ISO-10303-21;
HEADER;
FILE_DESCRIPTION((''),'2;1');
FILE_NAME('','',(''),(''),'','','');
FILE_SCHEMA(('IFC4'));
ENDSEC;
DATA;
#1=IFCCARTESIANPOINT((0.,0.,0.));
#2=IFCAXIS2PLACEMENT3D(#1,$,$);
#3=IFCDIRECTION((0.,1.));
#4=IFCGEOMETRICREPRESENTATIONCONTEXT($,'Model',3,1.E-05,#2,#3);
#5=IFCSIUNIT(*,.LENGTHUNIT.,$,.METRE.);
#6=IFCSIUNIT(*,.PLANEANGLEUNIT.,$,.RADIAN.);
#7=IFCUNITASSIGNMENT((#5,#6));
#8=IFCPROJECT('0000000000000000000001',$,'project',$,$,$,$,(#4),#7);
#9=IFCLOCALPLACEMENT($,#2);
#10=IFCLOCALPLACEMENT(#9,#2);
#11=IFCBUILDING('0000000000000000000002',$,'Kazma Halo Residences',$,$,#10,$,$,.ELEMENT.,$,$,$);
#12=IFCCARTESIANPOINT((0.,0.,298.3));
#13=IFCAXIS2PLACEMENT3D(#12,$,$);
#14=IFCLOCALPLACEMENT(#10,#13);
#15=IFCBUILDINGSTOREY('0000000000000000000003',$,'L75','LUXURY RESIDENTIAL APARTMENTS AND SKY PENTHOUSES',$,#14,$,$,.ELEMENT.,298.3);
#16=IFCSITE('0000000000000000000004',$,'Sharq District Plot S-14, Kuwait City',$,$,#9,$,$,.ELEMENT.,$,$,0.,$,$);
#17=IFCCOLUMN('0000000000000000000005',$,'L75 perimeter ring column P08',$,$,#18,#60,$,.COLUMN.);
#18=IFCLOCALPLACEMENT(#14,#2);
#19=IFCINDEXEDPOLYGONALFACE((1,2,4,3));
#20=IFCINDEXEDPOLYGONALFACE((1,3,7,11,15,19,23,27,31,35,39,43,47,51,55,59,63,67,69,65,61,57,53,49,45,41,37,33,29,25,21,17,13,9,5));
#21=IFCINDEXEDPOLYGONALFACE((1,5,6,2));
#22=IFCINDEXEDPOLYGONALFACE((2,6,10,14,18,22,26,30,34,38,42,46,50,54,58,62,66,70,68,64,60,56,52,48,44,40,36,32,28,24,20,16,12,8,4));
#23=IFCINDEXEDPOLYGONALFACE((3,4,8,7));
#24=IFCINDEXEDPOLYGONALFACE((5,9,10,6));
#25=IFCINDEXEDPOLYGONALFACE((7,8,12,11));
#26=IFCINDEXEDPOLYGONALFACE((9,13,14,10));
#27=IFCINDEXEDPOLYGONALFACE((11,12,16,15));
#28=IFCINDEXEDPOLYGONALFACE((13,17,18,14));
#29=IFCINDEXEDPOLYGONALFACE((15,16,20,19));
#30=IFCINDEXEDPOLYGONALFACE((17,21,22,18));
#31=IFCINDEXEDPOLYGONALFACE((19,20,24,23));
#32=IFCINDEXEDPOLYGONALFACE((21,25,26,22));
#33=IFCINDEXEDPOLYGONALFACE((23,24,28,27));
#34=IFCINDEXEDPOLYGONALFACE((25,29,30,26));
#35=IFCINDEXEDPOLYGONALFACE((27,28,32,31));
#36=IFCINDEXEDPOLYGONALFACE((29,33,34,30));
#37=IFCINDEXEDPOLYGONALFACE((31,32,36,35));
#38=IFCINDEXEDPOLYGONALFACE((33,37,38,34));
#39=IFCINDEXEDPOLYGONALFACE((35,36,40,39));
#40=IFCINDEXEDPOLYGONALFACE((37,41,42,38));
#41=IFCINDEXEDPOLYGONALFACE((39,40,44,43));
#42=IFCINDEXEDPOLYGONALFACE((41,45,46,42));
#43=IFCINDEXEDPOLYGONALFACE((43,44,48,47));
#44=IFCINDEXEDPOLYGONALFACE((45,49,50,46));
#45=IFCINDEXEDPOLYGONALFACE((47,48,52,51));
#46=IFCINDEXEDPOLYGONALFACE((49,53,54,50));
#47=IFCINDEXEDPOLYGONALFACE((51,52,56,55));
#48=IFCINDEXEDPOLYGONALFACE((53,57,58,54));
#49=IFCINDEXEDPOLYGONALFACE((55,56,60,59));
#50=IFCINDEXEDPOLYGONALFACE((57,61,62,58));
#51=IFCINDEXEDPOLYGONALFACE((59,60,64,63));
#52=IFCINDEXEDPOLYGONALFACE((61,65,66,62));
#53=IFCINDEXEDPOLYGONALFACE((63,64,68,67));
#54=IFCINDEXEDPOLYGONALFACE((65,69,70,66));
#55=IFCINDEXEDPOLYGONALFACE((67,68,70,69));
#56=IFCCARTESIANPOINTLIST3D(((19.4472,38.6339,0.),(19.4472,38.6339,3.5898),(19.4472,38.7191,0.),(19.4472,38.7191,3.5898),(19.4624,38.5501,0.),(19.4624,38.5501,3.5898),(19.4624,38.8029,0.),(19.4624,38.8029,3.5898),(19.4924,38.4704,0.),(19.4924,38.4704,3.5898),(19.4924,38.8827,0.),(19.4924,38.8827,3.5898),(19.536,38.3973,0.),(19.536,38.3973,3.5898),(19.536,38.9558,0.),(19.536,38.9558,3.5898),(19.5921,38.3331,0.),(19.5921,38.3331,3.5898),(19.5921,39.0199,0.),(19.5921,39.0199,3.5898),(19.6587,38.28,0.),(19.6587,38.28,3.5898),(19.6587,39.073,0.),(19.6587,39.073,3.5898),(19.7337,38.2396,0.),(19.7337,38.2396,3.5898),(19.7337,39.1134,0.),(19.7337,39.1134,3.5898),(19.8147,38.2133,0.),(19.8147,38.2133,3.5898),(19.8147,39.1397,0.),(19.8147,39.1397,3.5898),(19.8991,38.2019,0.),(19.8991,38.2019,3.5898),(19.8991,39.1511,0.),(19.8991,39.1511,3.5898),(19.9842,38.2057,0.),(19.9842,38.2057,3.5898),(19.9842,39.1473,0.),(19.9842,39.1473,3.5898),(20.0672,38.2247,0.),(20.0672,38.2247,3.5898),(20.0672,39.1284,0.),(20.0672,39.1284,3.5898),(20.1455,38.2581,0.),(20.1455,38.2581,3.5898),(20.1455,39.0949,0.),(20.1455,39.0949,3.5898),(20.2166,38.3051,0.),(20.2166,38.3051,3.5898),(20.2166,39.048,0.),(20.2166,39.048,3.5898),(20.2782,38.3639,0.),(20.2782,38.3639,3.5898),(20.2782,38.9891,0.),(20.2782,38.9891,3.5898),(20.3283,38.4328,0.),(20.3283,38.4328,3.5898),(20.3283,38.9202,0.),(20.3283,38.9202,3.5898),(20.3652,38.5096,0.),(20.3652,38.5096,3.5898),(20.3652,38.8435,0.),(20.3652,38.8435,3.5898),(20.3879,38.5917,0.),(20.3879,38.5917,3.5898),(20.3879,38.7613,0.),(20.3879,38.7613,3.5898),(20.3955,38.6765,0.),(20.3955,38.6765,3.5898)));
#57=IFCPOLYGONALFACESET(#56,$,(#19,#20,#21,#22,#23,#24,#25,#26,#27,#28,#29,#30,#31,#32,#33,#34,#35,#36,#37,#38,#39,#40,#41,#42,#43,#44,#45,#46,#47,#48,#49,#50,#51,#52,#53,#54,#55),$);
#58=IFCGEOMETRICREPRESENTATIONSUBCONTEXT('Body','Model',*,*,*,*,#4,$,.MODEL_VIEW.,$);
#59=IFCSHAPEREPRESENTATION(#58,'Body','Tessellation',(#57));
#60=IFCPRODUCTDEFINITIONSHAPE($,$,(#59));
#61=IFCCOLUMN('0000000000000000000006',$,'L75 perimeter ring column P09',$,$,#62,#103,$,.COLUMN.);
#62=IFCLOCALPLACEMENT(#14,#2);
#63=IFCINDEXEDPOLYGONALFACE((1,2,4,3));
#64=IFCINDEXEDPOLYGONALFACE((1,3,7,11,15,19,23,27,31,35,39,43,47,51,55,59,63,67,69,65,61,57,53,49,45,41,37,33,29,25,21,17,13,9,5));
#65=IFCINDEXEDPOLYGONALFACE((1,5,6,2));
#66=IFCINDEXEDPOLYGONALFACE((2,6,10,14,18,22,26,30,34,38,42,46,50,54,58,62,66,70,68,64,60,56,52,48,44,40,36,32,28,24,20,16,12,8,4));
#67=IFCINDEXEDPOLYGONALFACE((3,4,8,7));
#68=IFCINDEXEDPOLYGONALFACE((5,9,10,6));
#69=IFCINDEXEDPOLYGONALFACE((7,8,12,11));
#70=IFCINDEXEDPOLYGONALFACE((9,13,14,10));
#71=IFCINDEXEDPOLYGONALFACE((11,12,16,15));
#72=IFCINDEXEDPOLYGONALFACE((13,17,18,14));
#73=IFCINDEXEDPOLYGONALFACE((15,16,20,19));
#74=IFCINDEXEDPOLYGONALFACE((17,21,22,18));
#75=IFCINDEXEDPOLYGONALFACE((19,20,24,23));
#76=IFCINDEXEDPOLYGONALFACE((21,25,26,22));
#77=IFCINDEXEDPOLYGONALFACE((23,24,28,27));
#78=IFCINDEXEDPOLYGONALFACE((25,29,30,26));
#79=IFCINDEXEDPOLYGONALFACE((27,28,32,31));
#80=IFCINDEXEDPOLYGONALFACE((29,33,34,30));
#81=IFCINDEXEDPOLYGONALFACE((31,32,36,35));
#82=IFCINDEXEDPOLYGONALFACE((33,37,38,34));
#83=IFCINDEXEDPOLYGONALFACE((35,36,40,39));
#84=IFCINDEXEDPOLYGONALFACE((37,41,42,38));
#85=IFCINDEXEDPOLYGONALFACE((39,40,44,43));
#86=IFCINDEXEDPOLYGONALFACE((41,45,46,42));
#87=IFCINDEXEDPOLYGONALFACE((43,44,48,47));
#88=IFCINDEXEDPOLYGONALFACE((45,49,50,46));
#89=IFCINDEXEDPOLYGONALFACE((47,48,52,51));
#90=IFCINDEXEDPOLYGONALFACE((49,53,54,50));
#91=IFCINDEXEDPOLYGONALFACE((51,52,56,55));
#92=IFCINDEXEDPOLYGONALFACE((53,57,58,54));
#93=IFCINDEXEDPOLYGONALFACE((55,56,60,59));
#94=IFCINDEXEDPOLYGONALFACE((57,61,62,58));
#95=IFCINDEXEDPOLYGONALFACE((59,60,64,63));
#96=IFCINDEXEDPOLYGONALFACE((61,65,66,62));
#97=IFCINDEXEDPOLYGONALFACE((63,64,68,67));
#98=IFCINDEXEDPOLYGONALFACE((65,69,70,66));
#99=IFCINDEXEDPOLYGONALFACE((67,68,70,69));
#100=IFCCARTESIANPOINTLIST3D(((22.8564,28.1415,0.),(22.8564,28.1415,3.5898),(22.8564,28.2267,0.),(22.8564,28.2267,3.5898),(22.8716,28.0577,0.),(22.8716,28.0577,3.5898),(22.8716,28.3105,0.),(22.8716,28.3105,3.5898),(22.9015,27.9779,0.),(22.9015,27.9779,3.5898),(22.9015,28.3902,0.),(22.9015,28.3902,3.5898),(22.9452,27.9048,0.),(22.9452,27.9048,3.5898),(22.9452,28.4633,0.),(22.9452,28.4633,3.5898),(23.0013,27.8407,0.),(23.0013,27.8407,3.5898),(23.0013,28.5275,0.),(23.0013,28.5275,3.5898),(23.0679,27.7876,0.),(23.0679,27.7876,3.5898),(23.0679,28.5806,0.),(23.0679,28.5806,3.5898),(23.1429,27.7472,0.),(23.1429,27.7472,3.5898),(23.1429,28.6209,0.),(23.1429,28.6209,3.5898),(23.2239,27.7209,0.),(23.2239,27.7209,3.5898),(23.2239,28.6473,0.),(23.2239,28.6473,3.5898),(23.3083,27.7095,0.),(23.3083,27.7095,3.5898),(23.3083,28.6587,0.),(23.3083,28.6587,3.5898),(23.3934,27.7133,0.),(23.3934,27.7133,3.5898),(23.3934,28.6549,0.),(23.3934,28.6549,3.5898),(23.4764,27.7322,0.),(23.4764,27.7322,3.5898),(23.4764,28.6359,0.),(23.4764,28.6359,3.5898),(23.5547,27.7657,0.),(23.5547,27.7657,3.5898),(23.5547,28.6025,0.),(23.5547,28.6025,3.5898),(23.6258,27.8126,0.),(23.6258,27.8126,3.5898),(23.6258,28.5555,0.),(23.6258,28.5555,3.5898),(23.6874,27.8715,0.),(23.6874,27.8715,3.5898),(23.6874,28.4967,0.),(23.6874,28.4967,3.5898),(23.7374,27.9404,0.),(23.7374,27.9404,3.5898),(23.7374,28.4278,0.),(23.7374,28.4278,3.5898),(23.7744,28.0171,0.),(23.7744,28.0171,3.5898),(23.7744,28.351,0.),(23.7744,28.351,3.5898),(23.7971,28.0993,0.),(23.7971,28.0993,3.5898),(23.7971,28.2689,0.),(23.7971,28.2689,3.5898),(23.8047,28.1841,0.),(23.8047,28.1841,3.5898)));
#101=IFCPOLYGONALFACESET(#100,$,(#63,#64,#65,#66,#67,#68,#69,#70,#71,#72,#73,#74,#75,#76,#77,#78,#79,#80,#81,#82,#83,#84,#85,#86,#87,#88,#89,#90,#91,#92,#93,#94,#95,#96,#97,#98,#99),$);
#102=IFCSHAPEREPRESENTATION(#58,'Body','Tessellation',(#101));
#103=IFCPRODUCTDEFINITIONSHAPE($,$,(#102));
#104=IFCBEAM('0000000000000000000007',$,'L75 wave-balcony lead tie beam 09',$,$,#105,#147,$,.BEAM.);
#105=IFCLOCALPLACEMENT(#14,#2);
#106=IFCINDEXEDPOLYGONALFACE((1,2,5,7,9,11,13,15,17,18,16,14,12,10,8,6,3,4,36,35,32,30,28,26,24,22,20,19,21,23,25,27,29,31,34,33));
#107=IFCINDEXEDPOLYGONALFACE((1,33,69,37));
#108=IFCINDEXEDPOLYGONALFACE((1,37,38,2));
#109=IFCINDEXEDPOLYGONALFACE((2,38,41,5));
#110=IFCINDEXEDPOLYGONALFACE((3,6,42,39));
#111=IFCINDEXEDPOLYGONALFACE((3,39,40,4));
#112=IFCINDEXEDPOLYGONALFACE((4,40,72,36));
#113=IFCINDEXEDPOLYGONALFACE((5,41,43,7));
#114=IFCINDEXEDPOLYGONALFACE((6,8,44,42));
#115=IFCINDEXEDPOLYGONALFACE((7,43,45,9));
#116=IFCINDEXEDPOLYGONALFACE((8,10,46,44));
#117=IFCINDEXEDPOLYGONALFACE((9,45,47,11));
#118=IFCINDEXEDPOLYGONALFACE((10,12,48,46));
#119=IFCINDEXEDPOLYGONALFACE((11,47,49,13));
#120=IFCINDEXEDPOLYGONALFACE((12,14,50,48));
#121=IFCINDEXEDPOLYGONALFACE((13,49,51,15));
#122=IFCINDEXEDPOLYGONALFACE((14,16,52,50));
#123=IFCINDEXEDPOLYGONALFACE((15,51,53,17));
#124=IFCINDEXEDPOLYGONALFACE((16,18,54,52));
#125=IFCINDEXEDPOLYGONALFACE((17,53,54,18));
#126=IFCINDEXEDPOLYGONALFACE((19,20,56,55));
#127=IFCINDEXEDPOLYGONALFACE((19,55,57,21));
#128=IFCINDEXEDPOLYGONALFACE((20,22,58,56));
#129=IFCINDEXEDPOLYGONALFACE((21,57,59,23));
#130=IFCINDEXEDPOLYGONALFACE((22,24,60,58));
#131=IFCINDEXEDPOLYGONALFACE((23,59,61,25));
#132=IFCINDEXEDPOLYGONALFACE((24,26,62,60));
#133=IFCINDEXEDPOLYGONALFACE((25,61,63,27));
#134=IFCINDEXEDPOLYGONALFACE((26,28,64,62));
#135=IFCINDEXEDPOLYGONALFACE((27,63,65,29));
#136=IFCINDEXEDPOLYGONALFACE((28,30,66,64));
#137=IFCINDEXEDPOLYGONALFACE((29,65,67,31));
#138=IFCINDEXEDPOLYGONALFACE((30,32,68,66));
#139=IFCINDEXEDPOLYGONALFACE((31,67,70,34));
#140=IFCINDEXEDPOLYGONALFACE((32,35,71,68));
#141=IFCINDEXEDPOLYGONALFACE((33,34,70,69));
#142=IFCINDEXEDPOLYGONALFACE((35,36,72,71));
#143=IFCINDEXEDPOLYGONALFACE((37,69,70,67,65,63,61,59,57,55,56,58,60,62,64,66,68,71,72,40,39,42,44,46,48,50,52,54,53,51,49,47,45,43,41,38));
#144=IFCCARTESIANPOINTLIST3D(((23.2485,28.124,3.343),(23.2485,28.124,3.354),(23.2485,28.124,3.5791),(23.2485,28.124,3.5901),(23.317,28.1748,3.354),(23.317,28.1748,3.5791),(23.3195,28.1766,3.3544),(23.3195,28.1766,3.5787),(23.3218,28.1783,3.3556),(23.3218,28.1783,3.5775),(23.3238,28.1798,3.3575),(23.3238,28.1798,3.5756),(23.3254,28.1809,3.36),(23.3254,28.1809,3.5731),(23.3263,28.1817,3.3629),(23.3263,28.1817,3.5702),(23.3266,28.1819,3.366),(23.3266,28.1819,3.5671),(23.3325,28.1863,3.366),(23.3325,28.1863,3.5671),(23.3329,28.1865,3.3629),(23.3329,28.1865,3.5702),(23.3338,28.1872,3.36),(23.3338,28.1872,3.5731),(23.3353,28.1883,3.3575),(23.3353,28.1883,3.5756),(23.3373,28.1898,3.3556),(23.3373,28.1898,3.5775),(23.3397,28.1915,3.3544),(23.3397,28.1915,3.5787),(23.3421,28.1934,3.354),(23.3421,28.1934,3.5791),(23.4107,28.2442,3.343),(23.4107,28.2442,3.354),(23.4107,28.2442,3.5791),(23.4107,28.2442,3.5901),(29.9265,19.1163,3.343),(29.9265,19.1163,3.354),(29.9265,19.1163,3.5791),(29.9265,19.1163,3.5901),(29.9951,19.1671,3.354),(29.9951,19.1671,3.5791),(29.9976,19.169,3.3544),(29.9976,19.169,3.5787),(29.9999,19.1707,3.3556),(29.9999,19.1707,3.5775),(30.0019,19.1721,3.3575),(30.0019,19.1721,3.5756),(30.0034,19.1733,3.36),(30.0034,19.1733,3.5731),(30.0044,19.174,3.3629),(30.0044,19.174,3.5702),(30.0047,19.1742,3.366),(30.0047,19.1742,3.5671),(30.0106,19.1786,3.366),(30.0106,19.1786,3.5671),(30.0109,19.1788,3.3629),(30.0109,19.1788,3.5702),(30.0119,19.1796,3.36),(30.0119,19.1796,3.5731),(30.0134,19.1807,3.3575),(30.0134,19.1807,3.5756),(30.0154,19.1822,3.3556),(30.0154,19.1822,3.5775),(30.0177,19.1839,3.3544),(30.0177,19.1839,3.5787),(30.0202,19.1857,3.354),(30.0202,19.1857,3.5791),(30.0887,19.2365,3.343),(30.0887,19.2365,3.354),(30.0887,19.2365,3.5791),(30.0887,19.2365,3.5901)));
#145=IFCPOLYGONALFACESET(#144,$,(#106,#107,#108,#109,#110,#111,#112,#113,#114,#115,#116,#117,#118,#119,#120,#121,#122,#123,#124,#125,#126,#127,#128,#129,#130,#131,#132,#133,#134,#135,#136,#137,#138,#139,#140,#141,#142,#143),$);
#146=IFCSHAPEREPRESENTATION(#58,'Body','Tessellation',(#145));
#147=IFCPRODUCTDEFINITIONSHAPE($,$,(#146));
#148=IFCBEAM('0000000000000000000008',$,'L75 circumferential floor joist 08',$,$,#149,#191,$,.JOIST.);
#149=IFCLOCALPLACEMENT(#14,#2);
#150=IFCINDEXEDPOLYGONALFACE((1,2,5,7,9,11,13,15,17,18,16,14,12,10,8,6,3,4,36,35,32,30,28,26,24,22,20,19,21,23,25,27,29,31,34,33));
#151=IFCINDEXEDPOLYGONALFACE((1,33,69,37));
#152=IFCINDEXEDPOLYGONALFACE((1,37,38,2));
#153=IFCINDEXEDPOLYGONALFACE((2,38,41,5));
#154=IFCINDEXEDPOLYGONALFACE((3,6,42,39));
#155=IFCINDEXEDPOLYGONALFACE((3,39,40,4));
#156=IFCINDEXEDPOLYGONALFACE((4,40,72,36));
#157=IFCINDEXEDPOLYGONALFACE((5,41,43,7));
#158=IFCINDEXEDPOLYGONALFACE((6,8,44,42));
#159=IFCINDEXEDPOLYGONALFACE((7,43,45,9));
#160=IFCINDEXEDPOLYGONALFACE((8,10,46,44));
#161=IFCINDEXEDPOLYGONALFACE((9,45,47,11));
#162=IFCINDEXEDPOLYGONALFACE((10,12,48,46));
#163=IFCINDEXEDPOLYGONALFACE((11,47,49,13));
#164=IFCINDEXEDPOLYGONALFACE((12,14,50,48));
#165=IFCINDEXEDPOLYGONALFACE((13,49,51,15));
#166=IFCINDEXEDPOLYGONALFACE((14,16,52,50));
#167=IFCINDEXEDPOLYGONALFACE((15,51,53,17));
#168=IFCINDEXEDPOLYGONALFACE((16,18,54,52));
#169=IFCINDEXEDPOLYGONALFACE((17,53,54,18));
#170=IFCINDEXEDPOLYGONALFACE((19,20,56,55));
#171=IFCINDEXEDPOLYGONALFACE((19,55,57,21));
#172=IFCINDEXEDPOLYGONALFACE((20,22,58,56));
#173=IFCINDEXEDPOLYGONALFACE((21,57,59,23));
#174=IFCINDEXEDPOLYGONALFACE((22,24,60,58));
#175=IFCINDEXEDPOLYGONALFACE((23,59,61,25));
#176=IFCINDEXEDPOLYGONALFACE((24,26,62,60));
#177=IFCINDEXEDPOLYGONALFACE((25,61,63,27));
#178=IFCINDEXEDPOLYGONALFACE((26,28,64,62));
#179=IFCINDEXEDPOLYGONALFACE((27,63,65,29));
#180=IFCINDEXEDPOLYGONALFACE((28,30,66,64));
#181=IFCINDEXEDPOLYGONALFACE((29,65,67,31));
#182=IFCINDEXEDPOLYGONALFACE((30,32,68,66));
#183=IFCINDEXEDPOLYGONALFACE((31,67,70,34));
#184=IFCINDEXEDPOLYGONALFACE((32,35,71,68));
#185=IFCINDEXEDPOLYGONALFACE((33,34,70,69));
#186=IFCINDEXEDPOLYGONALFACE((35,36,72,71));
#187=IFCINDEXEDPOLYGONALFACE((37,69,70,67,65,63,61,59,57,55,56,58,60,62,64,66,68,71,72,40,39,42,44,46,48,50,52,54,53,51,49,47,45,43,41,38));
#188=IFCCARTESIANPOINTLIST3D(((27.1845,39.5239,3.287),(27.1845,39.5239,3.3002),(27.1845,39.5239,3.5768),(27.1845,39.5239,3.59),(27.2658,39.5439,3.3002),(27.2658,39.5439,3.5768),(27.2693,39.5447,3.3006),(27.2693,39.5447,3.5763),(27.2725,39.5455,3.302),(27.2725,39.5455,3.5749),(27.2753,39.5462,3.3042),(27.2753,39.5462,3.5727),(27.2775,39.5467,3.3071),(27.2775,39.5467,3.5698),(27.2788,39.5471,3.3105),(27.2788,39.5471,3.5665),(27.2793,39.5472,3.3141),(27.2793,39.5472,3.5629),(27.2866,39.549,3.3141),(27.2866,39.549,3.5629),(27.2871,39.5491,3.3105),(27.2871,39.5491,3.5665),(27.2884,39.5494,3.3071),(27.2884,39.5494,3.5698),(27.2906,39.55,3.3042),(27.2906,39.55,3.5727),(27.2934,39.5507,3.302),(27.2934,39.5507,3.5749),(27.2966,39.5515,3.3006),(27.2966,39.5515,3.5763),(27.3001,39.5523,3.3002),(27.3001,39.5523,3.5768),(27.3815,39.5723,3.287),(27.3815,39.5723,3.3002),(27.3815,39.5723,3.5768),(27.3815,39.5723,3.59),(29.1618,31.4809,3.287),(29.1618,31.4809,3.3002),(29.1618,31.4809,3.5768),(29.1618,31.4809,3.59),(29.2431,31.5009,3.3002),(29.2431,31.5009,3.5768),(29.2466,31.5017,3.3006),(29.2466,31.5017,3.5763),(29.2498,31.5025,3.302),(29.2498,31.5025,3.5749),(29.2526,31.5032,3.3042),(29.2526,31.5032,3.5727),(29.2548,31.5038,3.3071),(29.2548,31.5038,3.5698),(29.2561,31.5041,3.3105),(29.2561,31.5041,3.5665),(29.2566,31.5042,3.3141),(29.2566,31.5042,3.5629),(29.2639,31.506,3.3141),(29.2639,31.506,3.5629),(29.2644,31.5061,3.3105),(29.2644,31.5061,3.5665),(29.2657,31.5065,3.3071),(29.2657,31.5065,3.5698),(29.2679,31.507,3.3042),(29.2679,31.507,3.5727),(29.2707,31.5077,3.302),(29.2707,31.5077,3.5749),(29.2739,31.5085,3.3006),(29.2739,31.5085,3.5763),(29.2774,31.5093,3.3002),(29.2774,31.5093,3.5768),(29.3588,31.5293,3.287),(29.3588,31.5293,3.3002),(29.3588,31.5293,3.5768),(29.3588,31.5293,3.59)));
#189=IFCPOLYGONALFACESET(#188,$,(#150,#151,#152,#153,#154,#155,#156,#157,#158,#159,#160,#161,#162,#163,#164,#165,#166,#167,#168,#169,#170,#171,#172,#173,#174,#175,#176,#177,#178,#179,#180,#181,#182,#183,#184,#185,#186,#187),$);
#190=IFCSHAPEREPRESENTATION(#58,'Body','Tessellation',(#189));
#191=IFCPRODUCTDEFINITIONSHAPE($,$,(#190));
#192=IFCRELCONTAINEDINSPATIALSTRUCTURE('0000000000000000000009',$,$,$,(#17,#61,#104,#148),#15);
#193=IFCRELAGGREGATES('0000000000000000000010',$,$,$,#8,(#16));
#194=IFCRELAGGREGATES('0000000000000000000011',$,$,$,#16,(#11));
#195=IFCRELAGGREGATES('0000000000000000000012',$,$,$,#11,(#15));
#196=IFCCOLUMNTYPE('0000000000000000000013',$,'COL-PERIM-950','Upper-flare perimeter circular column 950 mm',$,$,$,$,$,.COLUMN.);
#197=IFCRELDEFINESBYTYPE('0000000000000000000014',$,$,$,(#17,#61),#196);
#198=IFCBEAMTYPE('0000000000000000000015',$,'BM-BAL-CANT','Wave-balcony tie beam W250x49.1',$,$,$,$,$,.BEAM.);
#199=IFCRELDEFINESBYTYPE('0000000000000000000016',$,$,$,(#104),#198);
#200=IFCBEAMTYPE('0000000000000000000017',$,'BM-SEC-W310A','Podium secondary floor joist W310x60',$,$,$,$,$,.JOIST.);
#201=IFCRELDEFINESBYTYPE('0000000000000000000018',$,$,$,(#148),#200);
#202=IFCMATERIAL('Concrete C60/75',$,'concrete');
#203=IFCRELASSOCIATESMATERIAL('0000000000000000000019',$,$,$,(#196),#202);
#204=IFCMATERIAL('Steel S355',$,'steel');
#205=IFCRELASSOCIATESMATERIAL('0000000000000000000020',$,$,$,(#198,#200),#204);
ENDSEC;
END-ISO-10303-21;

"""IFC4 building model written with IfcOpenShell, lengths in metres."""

from ifc_helpers import new_model, si_unit, direction, frame, origin, origin_2d, place, context, subcontext, project, spatial, circle, i_section, extrude, material, material_profile, profile_set, type_object, element, save


model = new_model("IFC4")

# Units and contexts
model_context = context("Model", 3, precision=1e-05, world=origin(), true_north=direction((0.0, 1.0)))
body_context = subcontext(model_context, "Body", "Model", "MODEL_VIEW")
ifc_project = project(units=[si_unit("LENGTHUNIT", "METRE"), si_unit("PLANEANGLEUNIT", "RADIAN")], contexts=[model_context])

# Site, building, storey
site_placement = place(None, origin())
site = spatial("IfcSite", under=ifc_project, at=site_placement, Name="Sharq District Plot S-14, Kuwait City", CompositionType="ELEMENT", RefElevation=0.0)
building_placement = place(site_placement, origin())
building = spatial("IfcBuilding", under=site, at=building_placement, Name="Kazma Halo Residences", CompositionType="ELEMENT")
storey_placement = place(building_placement, frame((0.0, 0.0, 298.3)))
storey = spatial("IfcBuildingStorey", under=building, at=storey_placement, Name="L75", Description="LUXURY RESIDENTIAL APARTMENTS AND SKY PENTHOUSES", CompositionType="ELEMENT", Elevation=298.3)

# Columns
ifc_material_1 = material(Name="Concrete C60/75", Category="concrete")
ifc_material_profile_1 = material_profile(ifc_material_1, circle(Radius=0.4751, at=origin_2d()), Name="CIRC950")
ifc_profile_set_1 = profile_set([ifc_material_profile_1], Name="Concrete C60/75")
column_type = type_object("IfcColumnType", Name="COL-PERIM-950", Description="Upper-flare perimeter circular column 950 mm", PredefinedType="COLUMN", material=ifc_profile_set_1)
for number, where, z_axis, x_axis, name in (
    (1, (19.9204, 38.6765, 0.0), (0.0, 0.0, 1.0), (1.0, 0.0, 0.0), "L75 perimeter ring column P08"),
    (2, (23.3296, 28.1841, 0.0), (0.0, 0.0, 1.0), (1.0, 0.0, 0.0), "L75 perimeter ring column P09"),
):
    element("IfcColumn", number, at=place(storey_placement, frame(where, z_axis=z_axis, x_axis=x_axis)), inside=storey, type_object=column_type, Name=name, PredefinedType="COLUMN", context=body_context, shape_type="SweptSolid", body=[
        extrude(circle(Radius=0.4751, at=origin_2d()), origin(), (0.0, 0.0, 1.0), 3.5898),
    ])

# Beams
ifc_material_2 = material(Name="Steel S355", Category="steel")
ifc_material_profile_2 = material_profile(ifc_material_2, i_section(OverallWidth=0.2019, OverallDepth=0.2471, WebThickness=0.0073, FlangeThickness=0.011, FilletRadius=0.012, at=origin_2d()), Name="W250x49.1")
ifc_profile_set_2 = profile_set([ifc_material_profile_2], Name="Steel S355")
beam_type_1 = type_object("IfcBeamType", Name="BM-BAL-CANT", Description="Wave-balcony tie beam W250x49.1", PredefinedType="BEAM", material=ifc_profile_set_2)
beam_1_placement = place(storey_placement, frame((23.3296, 28.1841, 3.4666), z_axis=(0.595556, -0.803314, 0.0), x_axis=(0.803314, 0.595556, 0.0)))
element("IfcBeam", 3, at=beam_1_placement, inside=storey, type_object=beam_type_1, Name="L75 wave-balcony lead tie beam 09", PredefinedType="BEAM", context=body_context, shape_type="SweptSolid", body=[
    extrude(i_section(OverallWidth=0.2019, OverallDepth=0.2471, WebThickness=0.0073, FlangeThickness=0.011, FilletRadius=0.012, at=origin_2d()), origin(), (0.0, 0.0, 1.0), 11.2131),
])
ifc_material_profile_3 = material_profile(ifc_material_2, i_section(OverallWidth=0.2029, OverallDepth=0.303, WebThickness=0.0076, FlangeThickness=0.0132, FilletRadius=0.0139, at=origin_2d()), Name="W310x60")
ifc_profile_set_3 = profile_set([ifc_material_profile_3], Name="Steel S355")
beam_type_2 = type_object("IfcBeamType", Name="BM-SEC-W310A", Description="Podium secondary floor joist W310x60", PredefinedType="JOIST", material=ifc_profile_set_3)
beam_2_placement = place(storey_placement, frame((27.283, 39.5481, 3.4385), z_axis=(0.238733, -0.971085, 0.0), x_axis=(0.971085, 0.238733, 0.0)))
element("IfcBeam", 4, at=beam_2_placement, inside=storey, type_object=beam_type_2, Name="L75 circumferential floor joist 08", PredefinedType="JOIST", context=body_context, shape_type="SweptSolid", body=[
    extrude(i_section(OverallWidth=0.2029, OverallDepth=0.303, WebThickness=0.0076, FlangeThickness=0.0132, FilletRadius=0.0139, at=origin_2d()), origin(), (0.0, 0.0, 1.0), 8.2825),
])

save(model, "model.ifc")
